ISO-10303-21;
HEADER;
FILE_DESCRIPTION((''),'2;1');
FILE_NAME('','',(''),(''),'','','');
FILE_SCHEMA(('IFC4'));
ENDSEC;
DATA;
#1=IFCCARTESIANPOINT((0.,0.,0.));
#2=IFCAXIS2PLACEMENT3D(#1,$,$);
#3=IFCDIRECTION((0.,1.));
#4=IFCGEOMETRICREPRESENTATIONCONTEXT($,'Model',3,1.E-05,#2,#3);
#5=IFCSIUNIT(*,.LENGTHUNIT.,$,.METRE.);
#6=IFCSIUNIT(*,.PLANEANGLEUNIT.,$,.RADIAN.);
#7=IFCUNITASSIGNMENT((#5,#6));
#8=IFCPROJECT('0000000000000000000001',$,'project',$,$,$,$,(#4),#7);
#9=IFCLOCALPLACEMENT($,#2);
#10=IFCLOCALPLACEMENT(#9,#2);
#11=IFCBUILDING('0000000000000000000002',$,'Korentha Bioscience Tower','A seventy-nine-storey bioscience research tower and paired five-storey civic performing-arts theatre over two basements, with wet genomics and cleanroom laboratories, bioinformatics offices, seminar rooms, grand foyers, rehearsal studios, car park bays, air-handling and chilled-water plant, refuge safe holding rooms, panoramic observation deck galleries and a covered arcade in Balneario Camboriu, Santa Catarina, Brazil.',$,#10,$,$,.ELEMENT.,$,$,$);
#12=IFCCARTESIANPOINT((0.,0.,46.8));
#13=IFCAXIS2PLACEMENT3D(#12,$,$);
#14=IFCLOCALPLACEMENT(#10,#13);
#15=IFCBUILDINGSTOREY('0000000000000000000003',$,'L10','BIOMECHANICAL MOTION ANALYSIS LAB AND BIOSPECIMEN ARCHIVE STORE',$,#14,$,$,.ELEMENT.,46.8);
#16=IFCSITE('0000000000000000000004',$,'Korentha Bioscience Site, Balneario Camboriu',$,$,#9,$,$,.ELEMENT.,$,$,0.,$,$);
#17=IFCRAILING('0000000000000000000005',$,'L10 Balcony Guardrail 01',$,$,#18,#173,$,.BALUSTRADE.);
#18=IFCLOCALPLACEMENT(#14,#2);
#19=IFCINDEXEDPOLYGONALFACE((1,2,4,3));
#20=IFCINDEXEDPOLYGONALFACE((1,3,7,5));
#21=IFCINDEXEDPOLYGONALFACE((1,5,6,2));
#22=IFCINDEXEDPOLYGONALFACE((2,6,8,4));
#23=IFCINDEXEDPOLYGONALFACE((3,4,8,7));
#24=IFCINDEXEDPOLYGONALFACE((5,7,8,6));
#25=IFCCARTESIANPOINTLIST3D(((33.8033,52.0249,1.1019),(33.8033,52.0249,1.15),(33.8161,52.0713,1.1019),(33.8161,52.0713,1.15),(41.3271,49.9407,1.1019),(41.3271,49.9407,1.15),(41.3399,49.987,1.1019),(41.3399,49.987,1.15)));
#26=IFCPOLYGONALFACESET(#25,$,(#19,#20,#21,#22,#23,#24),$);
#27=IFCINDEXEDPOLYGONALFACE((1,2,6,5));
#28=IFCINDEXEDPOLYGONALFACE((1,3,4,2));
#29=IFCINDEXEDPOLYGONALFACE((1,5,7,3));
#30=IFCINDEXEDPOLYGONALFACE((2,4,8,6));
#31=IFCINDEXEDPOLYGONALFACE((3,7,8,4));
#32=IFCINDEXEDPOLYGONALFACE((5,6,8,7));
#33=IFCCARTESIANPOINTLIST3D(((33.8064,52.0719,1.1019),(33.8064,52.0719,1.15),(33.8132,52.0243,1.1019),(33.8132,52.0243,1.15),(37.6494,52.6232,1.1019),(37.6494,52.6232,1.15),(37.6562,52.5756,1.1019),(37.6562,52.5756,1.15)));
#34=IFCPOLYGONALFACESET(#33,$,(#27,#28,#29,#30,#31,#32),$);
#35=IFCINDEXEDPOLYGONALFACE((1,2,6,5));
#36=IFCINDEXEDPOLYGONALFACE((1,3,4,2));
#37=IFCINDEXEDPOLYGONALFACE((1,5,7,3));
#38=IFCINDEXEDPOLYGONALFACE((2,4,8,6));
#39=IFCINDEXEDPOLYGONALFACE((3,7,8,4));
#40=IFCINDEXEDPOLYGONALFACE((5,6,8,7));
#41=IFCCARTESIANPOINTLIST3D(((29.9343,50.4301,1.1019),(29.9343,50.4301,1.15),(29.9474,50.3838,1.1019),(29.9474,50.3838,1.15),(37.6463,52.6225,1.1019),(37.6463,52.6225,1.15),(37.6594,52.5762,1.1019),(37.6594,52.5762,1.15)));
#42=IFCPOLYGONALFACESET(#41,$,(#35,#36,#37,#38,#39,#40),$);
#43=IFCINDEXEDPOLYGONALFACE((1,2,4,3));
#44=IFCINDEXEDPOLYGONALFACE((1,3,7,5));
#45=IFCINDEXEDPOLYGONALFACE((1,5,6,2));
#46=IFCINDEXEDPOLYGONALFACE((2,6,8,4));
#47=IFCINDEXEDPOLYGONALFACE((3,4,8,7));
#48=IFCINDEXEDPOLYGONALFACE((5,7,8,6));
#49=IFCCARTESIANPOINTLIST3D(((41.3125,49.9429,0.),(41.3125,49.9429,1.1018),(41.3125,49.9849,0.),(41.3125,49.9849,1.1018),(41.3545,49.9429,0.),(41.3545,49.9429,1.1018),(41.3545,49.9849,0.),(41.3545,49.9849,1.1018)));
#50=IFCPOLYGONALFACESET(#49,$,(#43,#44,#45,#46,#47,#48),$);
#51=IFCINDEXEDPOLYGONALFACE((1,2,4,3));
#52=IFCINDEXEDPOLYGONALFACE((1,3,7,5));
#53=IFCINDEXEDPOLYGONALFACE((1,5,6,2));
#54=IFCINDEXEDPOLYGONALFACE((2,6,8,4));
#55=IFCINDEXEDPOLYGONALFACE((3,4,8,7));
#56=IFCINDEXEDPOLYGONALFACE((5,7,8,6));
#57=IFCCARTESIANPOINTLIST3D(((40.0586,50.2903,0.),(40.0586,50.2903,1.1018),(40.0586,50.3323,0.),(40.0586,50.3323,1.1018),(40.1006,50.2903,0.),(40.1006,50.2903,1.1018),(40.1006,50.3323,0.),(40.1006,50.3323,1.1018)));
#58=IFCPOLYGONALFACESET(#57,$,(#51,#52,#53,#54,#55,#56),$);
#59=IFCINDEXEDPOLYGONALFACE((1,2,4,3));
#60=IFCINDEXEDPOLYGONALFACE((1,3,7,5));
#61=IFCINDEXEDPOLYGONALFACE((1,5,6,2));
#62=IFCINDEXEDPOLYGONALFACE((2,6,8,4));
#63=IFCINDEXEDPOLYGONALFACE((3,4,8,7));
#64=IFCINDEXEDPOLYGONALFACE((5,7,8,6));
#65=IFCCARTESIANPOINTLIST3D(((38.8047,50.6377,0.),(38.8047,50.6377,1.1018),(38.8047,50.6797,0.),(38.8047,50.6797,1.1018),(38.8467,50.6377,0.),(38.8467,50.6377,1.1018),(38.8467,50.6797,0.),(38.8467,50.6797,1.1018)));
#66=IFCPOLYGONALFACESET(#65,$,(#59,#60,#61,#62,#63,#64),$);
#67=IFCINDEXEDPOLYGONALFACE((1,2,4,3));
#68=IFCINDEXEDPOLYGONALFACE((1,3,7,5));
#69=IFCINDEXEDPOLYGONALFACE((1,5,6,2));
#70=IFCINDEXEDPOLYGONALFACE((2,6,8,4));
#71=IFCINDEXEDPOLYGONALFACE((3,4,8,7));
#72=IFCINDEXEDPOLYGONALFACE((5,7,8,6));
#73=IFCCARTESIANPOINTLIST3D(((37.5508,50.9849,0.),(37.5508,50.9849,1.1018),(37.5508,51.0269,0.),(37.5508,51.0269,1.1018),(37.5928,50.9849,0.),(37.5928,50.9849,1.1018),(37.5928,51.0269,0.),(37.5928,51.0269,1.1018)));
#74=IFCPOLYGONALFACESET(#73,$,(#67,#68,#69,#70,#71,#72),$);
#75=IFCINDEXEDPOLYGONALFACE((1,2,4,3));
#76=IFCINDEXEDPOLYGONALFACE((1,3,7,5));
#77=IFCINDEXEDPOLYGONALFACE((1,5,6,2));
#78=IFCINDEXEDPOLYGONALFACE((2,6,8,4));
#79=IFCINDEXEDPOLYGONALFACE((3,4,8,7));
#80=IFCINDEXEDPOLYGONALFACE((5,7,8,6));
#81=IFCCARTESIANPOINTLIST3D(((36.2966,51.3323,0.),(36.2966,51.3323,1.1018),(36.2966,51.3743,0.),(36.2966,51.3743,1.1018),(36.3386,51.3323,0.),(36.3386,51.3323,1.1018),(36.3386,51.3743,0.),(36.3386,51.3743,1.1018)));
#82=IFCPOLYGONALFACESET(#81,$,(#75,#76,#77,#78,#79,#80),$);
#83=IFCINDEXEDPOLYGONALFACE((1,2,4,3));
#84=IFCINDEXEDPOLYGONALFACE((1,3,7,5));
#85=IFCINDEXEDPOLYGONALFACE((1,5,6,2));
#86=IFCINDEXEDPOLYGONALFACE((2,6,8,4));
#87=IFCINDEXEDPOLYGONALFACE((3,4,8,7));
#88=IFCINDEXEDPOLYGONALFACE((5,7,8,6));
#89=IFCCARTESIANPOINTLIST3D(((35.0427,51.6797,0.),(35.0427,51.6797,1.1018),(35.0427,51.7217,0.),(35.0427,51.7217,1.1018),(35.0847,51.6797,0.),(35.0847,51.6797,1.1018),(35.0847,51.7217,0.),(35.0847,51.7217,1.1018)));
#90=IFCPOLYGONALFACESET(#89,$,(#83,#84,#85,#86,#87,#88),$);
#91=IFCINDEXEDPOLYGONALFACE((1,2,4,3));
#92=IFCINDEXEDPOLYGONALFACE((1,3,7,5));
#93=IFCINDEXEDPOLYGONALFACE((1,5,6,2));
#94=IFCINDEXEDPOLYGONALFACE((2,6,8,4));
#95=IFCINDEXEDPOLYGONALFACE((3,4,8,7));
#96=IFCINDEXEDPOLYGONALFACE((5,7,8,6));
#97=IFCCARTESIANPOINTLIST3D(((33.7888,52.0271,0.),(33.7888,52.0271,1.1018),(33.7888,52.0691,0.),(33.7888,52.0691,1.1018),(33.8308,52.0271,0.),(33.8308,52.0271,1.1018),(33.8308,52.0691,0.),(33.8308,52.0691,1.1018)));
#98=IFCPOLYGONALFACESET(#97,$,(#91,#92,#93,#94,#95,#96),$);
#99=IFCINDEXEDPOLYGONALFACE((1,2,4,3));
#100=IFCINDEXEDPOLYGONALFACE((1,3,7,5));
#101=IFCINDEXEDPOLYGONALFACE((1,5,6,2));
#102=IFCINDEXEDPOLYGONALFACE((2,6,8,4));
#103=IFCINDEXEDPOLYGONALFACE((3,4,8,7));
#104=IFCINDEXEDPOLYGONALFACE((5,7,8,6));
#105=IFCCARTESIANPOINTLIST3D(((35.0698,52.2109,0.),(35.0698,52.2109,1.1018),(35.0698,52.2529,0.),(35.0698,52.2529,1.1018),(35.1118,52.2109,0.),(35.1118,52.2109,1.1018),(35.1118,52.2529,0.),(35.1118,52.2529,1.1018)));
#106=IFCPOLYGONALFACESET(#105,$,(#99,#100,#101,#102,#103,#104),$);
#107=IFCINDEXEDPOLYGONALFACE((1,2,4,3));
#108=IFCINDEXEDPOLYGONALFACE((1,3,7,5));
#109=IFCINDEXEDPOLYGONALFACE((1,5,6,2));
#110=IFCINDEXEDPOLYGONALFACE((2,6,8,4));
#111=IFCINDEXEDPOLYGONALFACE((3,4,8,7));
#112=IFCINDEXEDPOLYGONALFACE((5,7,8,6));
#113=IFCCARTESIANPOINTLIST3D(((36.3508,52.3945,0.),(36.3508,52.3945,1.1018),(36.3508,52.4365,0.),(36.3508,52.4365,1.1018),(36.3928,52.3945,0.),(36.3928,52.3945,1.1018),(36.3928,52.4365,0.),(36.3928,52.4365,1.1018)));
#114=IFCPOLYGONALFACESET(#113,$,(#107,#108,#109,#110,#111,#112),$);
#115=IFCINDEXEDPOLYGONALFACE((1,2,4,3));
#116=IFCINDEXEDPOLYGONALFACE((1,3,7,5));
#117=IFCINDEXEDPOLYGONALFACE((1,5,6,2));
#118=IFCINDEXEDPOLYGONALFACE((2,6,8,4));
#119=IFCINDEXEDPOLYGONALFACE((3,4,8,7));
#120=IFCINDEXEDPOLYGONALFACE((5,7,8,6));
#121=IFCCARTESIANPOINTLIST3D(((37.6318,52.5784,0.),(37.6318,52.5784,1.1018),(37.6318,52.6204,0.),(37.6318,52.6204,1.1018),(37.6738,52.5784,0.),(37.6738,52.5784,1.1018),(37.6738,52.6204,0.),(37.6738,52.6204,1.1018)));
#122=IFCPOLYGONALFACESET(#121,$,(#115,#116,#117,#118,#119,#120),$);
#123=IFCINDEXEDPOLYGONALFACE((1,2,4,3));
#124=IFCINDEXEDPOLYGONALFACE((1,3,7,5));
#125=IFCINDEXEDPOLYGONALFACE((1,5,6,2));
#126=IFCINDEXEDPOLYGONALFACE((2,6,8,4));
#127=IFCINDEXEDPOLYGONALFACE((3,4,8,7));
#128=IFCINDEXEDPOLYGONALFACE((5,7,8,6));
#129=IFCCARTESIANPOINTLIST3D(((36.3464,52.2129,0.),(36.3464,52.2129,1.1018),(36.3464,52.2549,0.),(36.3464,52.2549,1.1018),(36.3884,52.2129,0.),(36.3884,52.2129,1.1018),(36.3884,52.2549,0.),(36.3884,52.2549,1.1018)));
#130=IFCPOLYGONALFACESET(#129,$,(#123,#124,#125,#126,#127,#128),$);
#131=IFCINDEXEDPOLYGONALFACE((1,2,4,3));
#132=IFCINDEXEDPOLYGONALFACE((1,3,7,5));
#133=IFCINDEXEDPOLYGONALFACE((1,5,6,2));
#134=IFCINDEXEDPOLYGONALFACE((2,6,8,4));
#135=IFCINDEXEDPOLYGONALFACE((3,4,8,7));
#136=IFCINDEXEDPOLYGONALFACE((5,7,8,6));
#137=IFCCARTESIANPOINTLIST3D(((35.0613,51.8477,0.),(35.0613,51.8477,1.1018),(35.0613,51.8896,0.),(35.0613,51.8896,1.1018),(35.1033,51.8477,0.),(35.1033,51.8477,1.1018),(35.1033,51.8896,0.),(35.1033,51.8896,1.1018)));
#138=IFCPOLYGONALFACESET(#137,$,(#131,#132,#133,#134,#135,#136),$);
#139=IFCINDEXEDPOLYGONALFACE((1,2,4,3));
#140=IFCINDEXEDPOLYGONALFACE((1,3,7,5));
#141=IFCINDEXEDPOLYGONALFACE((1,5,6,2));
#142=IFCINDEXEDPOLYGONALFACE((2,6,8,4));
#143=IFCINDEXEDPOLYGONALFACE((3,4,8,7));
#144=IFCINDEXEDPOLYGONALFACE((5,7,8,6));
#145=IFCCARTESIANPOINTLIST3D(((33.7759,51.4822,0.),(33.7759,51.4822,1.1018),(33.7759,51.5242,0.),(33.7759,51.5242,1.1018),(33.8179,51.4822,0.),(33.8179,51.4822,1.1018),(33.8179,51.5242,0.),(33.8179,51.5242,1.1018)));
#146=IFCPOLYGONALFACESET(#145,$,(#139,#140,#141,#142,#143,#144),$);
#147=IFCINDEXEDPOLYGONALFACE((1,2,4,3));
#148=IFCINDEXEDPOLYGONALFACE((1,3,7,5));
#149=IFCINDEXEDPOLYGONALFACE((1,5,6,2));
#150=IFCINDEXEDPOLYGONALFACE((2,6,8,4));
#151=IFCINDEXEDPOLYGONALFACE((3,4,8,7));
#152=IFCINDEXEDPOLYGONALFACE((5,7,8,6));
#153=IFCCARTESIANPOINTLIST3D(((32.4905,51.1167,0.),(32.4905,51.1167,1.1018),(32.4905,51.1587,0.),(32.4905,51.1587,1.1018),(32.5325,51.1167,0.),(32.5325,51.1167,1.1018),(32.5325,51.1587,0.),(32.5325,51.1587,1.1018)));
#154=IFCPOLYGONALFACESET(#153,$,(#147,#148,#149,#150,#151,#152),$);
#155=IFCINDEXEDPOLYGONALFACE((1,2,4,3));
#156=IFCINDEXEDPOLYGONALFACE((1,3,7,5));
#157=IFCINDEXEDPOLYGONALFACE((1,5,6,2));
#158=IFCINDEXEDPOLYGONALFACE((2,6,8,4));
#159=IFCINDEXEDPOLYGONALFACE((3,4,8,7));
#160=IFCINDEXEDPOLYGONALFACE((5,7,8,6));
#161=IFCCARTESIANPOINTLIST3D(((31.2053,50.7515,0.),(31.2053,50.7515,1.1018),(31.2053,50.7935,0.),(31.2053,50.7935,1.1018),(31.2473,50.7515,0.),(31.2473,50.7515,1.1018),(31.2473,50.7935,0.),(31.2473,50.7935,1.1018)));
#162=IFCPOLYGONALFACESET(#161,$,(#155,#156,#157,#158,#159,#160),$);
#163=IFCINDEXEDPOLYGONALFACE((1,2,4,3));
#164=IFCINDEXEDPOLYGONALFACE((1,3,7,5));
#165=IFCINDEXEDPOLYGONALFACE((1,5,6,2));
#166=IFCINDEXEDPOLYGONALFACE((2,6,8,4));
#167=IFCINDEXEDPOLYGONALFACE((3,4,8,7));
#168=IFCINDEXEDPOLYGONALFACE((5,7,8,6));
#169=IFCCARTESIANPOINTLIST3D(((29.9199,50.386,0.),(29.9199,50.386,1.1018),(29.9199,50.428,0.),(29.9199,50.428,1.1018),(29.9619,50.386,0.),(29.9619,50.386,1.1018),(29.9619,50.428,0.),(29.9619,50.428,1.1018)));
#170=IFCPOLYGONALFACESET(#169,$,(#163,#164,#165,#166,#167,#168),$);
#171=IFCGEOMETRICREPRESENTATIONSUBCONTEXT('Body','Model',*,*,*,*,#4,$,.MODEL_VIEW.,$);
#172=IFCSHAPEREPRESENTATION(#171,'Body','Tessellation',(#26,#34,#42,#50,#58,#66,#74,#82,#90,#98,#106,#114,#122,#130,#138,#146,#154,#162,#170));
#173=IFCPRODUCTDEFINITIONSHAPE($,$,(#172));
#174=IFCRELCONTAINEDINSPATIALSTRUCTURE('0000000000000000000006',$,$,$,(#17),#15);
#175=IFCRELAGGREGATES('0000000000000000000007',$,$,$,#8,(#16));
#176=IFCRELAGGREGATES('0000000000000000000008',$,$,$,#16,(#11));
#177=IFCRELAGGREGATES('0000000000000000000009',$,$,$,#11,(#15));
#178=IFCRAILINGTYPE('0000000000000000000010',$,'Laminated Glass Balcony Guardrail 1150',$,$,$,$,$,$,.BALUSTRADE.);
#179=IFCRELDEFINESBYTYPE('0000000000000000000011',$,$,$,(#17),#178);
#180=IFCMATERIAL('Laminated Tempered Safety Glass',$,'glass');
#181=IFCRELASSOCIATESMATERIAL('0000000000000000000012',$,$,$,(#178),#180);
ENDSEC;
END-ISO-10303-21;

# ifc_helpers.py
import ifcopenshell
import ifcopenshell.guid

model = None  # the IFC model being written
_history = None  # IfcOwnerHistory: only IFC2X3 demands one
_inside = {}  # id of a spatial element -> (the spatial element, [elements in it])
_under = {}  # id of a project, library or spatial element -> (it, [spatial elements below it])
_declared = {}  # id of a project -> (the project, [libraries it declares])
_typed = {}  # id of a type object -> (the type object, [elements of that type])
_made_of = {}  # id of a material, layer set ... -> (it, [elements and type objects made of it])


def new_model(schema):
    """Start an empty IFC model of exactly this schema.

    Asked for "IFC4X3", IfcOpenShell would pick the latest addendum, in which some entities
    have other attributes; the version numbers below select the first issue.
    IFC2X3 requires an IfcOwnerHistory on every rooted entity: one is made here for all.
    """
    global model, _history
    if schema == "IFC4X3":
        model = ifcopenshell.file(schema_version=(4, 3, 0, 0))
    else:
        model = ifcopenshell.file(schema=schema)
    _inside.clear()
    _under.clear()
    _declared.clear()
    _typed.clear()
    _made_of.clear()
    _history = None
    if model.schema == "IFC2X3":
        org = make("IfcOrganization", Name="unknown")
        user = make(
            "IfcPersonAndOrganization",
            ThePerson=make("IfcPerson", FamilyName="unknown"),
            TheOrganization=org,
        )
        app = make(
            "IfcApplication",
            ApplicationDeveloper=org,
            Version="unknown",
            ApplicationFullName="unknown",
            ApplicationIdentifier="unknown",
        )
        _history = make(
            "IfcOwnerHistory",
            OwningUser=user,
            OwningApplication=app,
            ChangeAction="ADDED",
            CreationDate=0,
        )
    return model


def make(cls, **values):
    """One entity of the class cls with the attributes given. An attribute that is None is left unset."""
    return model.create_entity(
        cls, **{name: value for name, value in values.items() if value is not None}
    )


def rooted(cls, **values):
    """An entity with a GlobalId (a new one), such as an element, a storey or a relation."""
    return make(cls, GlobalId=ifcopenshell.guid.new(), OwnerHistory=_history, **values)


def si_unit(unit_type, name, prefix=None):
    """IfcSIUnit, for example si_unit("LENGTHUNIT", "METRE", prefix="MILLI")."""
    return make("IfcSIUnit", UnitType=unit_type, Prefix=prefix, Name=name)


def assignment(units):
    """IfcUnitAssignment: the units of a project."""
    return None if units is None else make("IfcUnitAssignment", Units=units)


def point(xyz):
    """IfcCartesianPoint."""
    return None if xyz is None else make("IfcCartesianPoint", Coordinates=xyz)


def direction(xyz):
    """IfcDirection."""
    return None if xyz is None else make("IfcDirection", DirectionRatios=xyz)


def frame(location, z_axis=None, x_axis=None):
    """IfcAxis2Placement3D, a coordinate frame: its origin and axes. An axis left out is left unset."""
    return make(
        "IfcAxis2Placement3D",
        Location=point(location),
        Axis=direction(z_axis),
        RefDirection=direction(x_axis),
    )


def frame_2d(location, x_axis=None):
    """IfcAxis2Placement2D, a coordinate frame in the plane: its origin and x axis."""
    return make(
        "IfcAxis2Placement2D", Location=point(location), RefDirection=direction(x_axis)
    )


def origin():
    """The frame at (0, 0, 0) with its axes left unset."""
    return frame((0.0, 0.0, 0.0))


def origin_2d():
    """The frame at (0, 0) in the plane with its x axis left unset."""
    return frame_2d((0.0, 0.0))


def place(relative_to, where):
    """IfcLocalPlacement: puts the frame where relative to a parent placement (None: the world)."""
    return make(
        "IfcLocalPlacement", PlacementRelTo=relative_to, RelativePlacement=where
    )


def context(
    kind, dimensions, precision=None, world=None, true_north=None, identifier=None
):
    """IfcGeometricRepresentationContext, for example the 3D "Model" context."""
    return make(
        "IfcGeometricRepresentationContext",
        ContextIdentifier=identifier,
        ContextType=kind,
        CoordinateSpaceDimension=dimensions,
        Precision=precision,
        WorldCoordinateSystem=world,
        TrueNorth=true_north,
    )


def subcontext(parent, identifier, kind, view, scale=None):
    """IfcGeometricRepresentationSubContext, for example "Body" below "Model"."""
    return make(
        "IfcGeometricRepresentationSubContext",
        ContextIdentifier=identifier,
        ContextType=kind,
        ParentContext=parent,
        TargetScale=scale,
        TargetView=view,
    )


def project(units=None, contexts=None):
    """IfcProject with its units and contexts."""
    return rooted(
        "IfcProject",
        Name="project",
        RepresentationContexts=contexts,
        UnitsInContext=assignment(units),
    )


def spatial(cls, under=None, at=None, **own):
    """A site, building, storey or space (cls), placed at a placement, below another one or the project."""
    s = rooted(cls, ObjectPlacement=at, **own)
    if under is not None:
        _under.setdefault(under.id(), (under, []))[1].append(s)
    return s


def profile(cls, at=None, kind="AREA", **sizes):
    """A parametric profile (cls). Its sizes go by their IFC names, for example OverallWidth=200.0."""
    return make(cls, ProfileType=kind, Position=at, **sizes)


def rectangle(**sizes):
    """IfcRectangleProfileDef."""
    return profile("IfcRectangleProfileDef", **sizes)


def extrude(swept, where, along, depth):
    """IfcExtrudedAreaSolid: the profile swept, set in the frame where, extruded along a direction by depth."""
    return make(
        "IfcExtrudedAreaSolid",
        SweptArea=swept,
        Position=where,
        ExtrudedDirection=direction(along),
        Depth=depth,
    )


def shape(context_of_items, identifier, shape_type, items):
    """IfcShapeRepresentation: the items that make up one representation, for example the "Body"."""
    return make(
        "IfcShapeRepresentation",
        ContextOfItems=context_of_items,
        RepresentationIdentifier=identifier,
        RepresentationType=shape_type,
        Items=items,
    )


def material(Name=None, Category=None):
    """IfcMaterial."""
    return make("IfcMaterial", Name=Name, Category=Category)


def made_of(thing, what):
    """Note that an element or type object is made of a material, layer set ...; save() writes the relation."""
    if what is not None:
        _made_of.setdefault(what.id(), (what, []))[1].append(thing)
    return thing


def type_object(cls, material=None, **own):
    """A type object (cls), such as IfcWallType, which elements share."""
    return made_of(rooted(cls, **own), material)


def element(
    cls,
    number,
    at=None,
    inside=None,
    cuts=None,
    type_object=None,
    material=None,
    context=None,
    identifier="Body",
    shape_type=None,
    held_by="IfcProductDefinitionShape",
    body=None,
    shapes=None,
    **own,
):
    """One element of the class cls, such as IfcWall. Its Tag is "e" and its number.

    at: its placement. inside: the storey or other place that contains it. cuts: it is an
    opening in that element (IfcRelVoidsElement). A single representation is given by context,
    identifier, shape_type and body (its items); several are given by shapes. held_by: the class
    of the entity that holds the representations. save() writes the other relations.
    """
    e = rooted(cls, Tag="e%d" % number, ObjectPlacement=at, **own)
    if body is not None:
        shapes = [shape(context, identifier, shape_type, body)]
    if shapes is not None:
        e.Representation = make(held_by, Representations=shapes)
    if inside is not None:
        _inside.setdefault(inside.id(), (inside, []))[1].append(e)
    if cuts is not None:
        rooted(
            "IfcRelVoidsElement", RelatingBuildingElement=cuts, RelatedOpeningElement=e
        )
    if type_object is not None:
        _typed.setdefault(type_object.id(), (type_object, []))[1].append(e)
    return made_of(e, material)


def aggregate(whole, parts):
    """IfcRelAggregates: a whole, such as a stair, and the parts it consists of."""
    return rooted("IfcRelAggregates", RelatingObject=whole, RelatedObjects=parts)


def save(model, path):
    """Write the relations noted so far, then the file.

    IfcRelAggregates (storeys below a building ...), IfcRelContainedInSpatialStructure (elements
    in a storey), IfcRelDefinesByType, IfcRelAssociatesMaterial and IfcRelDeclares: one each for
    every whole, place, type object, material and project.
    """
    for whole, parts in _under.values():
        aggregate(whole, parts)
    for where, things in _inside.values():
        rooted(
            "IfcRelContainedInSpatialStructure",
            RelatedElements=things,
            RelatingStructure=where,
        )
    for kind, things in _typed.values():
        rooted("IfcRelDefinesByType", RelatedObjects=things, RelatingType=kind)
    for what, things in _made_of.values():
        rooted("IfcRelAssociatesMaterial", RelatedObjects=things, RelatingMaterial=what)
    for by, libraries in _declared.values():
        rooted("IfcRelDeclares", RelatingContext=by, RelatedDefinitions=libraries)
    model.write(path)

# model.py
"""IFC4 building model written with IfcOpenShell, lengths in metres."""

from ifc_helpers import new_model, si_unit, direction, frame, origin, origin_2d, place, context, subcontext, project, spatial, rectangle, extrude, material, type_object, element, save


model = new_model("IFC4")

# Units and contexts
model_context = context("Model", 3, precision=1e-05, world=origin(), true_north=direction((0.0, 1.0)))
body_context = subcontext(model_context, "Body", "Model", "MODEL_VIEW")
ifc_project = project(units=[si_unit("LENGTHUNIT", "METRE"), si_unit("PLANEANGLEUNIT", "RADIAN")], contexts=[model_context])

# Site, building, storey
site_placement = place(None, origin())
site = spatial("IfcSite", under=ifc_project, at=site_placement, Name="Korentha Bioscience Site, Balneario Camboriu", CompositionType="ELEMENT", RefElevation=0.0)
building_placement = place(site_placement, origin())
building = spatial("IfcBuilding", under=site, at=building_placement, Name="Korentha Bioscience Tower", Description="A seventy-nine-storey bioscience research tower and paired five-storey civic performing-arts theatre over two basements, with wet genomics and cleanroom laboratories, bioinformatics offices, seminar rooms, grand foyers, rehearsal studios, car park bays, air-handling and chilled-water plant, refuge safe holding rooms, panoramic observation deck galleries and a covered arcade in Balneario Camboriu, Santa Catarina, Brazil.", CompositionType="ELEMENT")
storey_placement = place(building_placement, frame((0.0, 0.0, 46.8)))
storey = spatial("IfcBuildingStorey", under=building, at=storey_placement, Name="L10", Description="BIOMECHANICAL MOTION ANALYSIS LAB AND BIOSPECIMEN ARCHIVE STORE", CompositionType="ELEMENT", Elevation=46.8)

# Railing
ifc_material_1 = material(Name="Laminated Tempered Safety Glass", Category="glass")
railing_type = type_object("IfcRailingType", Name="Laminated Glass Balcony Guardrail 1150", PredefinedType="BALUSTRADE", material=ifc_material_1)
railing_placement = place(storey_placement, frame((41.3335, 49.9639, 0.0)))
element("IfcRailing", 1, at=railing_placement, inside=storey, type_object=railing_type, Name="L10 Balcony Guardrail 01", PredefinedType="BALUSTRADE", context=body_context, shape_type="SweptSolid", body=[
    extrude(rectangle(XDim=0.0481, YDim=0.0481, at=origin_2d()), frame((0.0, 0.0, 1.126), z_axis=(-0.963705, 0.266968, 0.0), x_axis=(-0.266968, -0.963705, 0.0)), (0.0, 0.0, 1.0), 7.8071),
    extrude(rectangle(XDim=0.0481, YDim=0.0481, at=origin_2d()), frame((-7.5237, 2.0842, 1.126), z_axis=(0.989868, 0.141994, 0.0), x_axis=(-0.141994, 0.989868, 0.0)), (0.0, 0.0, 1.0), 3.8823),
    extrude(rectangle(XDim=0.0481, YDim=0.0481, at=origin_2d()), frame((-3.6807, 2.6355, 1.126), z_axis=(-0.961886, -0.27345, 0.0), x_axis=(0.27345, -0.961886, 0.0)), (0.0, 0.0, 1.0), 8.0176),
    extrude(rectangle(XDim=0.042, YDim=0.042, at=origin_2d()), origin(), (0.0, 0.0, 1.0), 1.1018),
    extrude(rectangle(XDim=0.042, YDim=0.042, at=origin_2d()), frame((-1.2539, 0.3474, 0.0)), (0.0, 0.0, 1.0), 1.1018),
    extrude(rectangle(XDim=0.042, YDim=0.042, at=origin_2d()), frame((-2.5078, 0.6948, 0.0)), (0.0, 0.0, 1.0), 1.1018),
    extrude(rectangle(XDim=0.042, YDim=0.042, at=origin_2d()), frame((-3.7617, 1.042, 0.0)), (0.0, 0.0, 1.0), 1.1018),
    extrude(rectangle(XDim=0.042, YDim=0.042, at=origin_2d()), frame((-5.0159, 1.3894, 0.0)), (0.0, 0.0, 1.0), 1.1018),
    extrude(rectangle(XDim=0.042, YDim=0.042, at=origin_2d()), frame((-6.2698, 1.7368, 0.0)), (0.0, 0.0, 1.0), 1.1018),
    extrude(rectangle(XDim=0.042, YDim=0.042, at=origin_2d()), frame((-7.5237, 2.0842, 0.0)), (0.0, 0.0, 1.0), 1.1018),
    extrude(rectangle(XDim=0.042, YDim=0.042, at=origin_2d()), frame((-6.2427, 2.2681, 0.0)), (0.0, 0.0, 1.0), 1.1018),
    extrude(rectangle(XDim=0.042, YDim=0.042, at=origin_2d()), frame((-4.9617, 2.4517, 0.0)), (0.0, 0.0, 1.0), 1.1018),
    extrude(rectangle(XDim=0.042, YDim=0.042, at=origin_2d()), frame((-3.6807, 2.6355, 0.0)), (0.0, 0.0, 1.0), 1.1018),
    extrude(rectangle(XDim=0.042, YDim=0.042, at=origin_2d()), frame((-4.9661, 2.27, 0.0)), (0.0, 0.0, 1.0), 1.1018),
    extrude(rectangle(XDim=0.042, YDim=0.042, at=origin_2d()), frame((-6.2512, 1.9048, 0.0)), (0.0, 0.0, 1.0), 1.1018),
    extrude(rectangle(XDim=0.042, YDim=0.042, at=origin_2d()), frame((-7.5366, 1.5393, 0.0)), (0.0, 0.0, 1.0), 1.1018),
    extrude(rectangle(XDim=0.042, YDim=0.042, at=origin_2d()), frame((-8.822, 1.1738, 0.0)), (0.0, 0.0, 1.0), 1.1018),
    extrude(rectangle(XDim=0.042, YDim=0.042, at=origin_2d()), frame((-10.1072, 0.8086, 0.0)), (0.0, 0.0, 1.0), 1.1018),
    extrude(rectangle(XDim=0.042, YDim=0.042, at=origin_2d()), frame((-11.3926, 0.4431, 0.0)), (0.0, 0.0, 1.0), 1.1018),
])

save(model, "model.ifc")
